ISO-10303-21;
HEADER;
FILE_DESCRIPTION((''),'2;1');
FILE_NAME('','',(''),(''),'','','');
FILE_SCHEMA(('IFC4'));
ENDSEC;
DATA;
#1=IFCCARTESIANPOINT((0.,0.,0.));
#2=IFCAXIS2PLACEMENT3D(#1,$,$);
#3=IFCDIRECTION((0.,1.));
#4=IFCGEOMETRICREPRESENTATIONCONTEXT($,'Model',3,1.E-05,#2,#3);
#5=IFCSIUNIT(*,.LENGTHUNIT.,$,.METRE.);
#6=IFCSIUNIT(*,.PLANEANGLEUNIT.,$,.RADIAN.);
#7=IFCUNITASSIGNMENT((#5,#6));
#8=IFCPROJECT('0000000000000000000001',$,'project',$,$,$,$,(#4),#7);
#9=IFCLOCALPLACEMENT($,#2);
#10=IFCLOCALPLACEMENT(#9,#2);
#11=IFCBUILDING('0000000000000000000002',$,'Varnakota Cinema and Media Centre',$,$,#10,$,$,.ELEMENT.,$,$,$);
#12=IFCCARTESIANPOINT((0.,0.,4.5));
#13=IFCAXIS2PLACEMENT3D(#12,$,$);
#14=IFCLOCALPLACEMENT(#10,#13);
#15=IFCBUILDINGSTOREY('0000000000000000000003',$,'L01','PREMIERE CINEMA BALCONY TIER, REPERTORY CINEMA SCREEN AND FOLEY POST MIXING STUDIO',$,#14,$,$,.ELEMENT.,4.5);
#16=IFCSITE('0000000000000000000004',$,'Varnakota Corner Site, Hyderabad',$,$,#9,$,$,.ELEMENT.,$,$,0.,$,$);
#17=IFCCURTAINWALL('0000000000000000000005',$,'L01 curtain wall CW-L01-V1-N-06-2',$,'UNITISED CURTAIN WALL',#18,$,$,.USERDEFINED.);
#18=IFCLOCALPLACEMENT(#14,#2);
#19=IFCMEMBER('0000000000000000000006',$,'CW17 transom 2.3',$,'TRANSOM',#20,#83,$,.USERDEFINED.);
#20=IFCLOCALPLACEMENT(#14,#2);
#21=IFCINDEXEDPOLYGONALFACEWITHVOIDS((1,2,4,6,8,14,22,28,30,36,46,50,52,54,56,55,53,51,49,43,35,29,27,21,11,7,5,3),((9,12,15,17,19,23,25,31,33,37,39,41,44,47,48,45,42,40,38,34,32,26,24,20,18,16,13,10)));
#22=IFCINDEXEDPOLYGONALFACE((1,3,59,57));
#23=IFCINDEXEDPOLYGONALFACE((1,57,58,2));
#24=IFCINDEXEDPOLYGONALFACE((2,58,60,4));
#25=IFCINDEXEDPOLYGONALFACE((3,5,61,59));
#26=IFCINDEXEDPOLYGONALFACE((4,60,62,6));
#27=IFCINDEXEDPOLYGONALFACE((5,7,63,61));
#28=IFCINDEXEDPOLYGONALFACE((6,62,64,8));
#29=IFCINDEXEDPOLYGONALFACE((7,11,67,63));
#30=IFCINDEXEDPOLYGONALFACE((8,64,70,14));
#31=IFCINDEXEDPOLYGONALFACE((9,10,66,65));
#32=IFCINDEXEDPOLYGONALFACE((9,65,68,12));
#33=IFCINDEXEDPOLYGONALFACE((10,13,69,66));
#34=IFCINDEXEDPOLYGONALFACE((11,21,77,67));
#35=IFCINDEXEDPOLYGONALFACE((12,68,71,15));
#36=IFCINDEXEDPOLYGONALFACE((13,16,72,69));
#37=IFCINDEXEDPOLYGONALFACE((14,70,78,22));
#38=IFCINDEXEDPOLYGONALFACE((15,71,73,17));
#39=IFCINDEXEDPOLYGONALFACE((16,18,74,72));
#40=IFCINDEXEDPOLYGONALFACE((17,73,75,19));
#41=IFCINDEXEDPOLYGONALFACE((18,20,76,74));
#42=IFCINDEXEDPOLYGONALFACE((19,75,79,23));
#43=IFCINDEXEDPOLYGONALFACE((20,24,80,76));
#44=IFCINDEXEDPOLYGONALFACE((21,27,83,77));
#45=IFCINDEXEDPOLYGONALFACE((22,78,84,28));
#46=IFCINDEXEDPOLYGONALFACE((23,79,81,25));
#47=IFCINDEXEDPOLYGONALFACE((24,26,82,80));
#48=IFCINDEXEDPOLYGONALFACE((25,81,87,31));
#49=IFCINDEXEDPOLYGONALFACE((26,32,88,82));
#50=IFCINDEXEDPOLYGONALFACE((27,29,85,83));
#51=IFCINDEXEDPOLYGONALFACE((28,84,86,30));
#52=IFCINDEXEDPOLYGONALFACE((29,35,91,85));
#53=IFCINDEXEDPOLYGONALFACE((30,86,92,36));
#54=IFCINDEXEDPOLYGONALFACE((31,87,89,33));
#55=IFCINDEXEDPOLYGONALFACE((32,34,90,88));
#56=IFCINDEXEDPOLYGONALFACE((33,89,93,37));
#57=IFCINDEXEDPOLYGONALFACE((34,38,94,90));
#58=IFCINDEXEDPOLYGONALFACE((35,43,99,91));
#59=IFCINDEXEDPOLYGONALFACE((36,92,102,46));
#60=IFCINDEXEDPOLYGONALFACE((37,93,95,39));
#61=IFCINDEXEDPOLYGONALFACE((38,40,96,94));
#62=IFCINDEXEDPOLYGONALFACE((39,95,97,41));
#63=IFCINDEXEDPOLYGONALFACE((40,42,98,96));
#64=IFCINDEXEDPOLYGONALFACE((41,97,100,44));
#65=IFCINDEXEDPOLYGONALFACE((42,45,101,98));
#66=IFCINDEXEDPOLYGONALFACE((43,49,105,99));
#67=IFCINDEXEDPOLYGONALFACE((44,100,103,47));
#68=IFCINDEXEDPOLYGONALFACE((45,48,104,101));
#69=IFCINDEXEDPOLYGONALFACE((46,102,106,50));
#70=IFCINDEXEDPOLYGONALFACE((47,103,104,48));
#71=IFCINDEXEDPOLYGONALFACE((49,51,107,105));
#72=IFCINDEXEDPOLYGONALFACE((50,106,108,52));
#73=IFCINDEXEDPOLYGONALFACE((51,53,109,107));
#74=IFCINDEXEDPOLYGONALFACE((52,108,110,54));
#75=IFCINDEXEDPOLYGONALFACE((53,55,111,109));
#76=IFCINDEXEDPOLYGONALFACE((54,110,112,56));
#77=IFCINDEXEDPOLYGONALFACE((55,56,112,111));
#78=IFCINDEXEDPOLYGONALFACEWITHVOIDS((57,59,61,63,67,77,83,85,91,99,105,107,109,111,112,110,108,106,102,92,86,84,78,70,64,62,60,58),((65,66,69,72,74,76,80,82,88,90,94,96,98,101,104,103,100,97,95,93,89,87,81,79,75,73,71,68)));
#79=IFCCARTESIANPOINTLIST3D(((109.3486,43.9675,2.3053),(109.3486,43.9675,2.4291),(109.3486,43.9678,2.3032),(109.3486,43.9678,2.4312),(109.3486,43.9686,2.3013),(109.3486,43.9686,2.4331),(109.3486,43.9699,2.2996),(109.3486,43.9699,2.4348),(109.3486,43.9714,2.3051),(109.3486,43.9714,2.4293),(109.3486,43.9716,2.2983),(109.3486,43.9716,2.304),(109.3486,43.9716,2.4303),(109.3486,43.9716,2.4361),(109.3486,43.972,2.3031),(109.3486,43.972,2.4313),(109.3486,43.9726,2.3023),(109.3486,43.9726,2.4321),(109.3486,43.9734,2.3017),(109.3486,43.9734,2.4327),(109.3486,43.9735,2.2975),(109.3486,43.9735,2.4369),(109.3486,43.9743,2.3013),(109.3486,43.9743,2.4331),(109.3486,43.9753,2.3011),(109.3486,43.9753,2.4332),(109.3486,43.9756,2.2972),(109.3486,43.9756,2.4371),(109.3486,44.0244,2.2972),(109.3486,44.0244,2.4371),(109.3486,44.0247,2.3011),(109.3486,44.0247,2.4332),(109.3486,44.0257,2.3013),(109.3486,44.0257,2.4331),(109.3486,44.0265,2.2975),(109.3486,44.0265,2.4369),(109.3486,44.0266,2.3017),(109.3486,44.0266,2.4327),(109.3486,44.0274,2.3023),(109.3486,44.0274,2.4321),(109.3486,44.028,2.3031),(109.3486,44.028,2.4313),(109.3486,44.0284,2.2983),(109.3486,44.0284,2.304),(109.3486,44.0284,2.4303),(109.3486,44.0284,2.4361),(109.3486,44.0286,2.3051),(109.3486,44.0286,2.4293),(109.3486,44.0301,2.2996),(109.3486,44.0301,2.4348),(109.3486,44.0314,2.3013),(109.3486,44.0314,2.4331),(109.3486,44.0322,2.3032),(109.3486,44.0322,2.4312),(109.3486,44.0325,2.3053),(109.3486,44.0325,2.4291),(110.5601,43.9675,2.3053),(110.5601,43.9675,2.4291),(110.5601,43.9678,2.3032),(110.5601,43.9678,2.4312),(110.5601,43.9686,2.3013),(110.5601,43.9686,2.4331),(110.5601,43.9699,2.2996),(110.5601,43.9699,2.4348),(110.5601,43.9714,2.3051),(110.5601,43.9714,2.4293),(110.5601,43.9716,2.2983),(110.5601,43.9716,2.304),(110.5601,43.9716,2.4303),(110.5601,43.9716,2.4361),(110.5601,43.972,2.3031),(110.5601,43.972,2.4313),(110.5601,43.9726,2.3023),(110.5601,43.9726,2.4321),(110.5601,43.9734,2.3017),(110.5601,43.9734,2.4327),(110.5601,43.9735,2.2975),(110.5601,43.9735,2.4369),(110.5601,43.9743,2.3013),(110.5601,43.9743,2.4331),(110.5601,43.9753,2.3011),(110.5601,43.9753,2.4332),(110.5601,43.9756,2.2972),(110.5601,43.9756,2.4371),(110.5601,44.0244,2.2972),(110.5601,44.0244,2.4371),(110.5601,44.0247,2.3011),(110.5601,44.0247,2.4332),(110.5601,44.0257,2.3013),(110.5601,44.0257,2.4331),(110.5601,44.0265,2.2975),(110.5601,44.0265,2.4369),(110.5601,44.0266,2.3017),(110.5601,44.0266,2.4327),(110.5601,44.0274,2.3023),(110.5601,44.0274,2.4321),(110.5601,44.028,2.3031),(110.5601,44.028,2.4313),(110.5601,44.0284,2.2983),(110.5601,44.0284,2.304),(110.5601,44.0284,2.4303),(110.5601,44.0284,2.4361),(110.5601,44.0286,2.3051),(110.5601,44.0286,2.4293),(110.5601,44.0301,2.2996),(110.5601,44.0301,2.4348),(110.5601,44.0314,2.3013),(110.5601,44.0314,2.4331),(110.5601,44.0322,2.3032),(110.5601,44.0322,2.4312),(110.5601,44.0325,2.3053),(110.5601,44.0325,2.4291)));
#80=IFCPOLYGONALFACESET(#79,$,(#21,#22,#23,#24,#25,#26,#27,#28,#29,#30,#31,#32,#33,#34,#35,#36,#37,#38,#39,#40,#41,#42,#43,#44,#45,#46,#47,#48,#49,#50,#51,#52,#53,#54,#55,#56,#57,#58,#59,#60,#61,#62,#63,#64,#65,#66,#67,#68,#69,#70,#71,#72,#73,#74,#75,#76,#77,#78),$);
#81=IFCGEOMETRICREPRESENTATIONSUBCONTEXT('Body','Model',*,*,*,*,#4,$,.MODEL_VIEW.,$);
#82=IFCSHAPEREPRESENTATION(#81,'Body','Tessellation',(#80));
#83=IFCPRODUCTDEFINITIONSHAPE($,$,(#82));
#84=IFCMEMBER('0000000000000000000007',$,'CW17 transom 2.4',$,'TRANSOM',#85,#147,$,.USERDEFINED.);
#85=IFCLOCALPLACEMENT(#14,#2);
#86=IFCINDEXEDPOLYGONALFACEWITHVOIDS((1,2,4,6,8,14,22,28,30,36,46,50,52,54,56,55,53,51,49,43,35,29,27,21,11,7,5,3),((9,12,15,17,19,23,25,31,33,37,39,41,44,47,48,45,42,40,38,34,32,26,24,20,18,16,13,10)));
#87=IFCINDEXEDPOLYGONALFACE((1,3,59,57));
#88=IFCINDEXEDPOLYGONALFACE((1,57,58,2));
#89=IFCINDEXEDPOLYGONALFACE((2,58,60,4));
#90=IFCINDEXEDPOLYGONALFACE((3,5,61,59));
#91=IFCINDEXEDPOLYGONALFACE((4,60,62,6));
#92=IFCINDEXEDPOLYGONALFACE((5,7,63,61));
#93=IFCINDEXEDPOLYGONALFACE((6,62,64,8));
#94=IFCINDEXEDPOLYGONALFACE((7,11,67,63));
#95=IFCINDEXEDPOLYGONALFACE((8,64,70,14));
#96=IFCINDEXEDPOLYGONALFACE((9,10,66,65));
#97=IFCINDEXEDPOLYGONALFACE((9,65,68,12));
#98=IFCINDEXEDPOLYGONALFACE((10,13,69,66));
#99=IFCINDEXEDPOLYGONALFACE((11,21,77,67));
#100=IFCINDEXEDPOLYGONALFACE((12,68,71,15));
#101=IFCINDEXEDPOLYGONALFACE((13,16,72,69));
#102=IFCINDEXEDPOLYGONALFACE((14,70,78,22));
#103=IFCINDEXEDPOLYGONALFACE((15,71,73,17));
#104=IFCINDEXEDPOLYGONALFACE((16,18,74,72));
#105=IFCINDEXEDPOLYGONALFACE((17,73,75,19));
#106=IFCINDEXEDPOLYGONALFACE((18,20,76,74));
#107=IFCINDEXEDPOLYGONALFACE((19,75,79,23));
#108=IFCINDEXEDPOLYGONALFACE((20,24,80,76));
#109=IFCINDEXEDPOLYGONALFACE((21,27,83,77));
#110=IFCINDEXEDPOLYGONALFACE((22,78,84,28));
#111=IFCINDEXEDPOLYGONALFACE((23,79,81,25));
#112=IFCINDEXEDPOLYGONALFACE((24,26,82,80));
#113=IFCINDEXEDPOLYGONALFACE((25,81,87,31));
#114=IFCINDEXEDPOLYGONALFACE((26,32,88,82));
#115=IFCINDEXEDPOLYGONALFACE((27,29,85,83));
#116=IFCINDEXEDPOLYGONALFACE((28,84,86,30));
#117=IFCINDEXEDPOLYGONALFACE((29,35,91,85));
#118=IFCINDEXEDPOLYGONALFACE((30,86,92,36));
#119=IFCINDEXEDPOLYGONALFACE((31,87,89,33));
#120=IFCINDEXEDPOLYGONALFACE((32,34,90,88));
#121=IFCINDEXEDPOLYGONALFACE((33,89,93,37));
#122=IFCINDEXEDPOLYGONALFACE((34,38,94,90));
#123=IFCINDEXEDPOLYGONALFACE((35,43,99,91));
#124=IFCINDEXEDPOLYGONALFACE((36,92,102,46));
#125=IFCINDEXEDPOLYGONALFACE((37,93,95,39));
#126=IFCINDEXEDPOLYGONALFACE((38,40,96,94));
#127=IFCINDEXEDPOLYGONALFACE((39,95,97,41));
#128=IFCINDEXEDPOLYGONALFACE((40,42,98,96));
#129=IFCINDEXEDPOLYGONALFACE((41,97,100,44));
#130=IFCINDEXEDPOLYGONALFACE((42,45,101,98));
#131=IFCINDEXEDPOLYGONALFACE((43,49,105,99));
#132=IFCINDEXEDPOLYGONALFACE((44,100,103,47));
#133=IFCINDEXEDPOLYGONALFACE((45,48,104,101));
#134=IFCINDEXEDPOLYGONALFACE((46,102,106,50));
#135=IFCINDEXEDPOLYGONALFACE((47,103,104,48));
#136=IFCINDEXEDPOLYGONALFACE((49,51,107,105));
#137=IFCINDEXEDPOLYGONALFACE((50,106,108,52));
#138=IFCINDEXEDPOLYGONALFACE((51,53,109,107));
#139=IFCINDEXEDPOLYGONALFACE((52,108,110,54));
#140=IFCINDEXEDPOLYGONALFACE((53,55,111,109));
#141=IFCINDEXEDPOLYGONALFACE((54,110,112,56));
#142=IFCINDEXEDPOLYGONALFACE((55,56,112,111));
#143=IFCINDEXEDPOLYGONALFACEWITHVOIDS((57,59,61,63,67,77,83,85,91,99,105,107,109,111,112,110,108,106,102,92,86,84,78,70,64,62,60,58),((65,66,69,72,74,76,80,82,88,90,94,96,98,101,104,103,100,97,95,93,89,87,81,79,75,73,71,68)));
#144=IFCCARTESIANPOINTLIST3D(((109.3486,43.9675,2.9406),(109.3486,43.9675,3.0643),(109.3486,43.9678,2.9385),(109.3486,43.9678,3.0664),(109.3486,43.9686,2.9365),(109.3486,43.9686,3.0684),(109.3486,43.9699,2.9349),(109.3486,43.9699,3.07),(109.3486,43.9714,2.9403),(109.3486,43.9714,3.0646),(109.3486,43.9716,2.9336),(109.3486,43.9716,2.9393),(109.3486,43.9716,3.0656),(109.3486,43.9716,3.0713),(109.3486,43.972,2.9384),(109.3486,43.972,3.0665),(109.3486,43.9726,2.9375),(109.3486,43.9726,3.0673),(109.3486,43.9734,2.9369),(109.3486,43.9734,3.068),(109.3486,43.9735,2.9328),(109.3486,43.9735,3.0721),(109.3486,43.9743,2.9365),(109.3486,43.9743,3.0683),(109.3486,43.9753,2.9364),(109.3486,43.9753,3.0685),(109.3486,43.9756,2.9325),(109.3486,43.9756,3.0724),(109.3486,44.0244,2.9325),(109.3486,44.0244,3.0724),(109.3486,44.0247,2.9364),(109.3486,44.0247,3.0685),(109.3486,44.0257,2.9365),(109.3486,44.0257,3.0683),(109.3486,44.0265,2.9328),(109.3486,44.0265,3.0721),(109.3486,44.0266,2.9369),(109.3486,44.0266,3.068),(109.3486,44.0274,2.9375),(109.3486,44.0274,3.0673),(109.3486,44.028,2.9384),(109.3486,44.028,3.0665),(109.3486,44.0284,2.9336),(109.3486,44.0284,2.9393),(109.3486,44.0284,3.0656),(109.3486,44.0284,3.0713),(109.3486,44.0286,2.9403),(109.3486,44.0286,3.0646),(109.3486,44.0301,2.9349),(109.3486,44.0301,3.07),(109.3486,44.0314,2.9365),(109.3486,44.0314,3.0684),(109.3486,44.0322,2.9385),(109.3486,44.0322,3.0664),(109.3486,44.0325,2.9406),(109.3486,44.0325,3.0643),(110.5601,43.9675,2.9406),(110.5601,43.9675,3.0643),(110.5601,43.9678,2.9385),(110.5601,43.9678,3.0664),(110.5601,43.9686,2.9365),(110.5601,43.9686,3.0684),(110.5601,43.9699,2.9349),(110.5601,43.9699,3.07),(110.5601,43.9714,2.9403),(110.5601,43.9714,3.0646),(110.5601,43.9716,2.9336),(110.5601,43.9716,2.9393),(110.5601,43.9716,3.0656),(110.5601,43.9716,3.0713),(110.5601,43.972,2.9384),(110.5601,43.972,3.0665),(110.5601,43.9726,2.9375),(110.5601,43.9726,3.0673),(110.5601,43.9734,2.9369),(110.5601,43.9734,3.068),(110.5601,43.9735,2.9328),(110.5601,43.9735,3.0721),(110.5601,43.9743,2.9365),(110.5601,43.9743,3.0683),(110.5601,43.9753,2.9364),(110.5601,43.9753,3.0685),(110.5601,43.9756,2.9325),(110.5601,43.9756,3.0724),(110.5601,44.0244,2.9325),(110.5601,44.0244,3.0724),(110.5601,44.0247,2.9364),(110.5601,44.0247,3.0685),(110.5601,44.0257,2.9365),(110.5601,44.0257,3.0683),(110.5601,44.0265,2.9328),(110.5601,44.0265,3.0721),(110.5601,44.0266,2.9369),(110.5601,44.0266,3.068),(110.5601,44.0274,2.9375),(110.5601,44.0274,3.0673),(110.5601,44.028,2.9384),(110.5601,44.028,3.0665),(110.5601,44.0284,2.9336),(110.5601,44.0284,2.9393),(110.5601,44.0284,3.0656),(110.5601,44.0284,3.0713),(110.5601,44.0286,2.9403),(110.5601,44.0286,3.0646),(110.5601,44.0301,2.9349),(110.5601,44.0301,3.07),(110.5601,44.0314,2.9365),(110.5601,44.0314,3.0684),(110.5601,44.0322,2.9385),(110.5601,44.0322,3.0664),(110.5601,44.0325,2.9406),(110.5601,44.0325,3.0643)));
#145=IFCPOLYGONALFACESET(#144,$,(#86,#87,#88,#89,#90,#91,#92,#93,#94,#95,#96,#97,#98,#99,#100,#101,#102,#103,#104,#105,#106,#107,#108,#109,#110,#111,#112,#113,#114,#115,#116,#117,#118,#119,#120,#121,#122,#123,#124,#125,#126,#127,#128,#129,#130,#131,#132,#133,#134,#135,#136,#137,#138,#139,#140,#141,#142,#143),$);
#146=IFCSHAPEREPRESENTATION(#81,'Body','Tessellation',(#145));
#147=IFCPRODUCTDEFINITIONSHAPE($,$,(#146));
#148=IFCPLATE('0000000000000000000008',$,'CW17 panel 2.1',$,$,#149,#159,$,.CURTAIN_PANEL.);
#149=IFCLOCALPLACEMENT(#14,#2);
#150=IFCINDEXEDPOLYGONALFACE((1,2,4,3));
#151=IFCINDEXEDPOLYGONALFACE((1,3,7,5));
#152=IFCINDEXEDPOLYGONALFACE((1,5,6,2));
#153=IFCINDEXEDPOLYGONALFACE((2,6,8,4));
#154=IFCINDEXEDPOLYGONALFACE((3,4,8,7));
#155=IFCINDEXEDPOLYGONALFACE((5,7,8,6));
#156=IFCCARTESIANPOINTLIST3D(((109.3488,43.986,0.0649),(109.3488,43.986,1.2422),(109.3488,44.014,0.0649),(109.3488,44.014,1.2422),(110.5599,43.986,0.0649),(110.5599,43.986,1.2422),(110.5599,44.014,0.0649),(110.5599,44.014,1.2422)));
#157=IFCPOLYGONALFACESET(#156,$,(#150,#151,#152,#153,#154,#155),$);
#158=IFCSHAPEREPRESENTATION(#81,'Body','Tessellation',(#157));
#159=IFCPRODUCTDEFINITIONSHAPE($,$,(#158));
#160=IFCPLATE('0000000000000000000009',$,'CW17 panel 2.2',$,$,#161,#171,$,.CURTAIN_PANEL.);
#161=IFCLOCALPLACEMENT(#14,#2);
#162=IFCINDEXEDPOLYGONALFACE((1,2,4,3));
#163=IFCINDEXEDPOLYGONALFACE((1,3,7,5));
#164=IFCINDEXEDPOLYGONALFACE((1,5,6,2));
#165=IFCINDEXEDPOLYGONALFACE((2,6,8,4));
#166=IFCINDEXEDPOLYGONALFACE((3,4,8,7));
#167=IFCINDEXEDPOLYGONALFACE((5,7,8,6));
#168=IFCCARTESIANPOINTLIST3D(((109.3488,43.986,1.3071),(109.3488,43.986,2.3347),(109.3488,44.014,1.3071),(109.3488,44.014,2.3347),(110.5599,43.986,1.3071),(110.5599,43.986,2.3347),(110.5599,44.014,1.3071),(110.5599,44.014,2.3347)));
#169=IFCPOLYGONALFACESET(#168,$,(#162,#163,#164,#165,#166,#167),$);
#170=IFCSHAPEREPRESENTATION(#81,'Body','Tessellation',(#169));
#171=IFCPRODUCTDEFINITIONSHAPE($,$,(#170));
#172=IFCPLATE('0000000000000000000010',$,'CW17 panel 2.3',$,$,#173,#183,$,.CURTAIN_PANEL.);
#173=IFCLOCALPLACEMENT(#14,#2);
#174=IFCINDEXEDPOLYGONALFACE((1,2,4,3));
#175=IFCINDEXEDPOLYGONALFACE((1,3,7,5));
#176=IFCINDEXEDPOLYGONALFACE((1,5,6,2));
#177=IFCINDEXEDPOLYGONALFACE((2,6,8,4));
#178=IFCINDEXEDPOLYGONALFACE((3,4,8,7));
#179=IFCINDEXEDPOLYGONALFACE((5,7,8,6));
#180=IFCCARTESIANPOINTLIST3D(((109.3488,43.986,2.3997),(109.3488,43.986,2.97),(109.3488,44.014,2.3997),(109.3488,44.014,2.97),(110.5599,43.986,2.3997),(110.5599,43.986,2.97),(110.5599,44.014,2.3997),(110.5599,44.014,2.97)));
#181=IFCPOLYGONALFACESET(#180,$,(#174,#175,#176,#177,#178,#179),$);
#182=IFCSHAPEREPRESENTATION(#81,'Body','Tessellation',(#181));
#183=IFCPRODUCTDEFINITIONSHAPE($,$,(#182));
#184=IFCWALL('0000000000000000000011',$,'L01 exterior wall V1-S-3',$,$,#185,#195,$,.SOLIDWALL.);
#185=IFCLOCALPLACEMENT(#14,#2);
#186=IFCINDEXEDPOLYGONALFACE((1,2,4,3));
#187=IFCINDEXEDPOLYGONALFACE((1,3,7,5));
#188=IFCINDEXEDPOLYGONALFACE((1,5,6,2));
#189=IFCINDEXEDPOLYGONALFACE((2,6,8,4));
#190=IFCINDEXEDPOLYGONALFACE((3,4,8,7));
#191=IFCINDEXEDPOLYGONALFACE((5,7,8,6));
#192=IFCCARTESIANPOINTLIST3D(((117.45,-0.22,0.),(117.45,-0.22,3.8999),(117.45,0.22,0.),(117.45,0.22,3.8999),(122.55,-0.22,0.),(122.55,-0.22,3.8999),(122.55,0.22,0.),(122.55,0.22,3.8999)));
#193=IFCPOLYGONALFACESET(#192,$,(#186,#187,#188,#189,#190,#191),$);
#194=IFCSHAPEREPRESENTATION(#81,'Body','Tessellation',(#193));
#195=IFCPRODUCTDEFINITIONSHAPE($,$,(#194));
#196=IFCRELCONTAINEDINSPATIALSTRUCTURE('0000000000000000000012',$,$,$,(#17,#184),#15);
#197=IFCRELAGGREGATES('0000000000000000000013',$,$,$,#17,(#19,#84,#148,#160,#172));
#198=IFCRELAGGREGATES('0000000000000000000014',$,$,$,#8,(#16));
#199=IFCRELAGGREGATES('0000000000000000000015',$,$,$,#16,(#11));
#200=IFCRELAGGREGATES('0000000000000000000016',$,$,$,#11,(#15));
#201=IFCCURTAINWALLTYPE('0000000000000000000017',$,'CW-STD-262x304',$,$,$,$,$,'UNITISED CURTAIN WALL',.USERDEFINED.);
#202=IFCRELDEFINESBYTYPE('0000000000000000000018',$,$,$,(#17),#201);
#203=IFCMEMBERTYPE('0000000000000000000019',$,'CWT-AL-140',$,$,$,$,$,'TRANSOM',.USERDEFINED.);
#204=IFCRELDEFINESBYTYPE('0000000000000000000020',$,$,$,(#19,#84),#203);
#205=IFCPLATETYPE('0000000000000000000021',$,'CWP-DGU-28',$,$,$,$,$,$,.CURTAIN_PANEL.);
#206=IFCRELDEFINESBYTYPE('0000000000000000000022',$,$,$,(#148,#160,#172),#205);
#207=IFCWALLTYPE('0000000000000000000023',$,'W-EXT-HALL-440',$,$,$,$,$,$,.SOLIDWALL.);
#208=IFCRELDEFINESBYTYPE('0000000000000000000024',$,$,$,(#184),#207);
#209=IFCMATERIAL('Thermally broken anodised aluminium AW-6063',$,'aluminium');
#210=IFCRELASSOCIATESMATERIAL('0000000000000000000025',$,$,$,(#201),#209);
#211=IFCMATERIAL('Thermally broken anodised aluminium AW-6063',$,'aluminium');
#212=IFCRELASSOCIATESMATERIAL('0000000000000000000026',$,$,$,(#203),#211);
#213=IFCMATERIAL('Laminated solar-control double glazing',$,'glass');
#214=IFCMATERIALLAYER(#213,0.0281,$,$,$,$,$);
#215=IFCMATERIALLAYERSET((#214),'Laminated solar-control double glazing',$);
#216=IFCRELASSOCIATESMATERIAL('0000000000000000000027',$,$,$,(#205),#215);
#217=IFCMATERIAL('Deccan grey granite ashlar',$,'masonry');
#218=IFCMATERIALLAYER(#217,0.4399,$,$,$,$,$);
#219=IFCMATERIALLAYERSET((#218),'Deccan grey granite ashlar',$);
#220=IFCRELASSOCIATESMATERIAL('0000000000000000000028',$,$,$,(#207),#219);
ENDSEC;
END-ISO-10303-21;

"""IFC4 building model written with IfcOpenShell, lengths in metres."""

from ifc_helpers import new_model, si_unit, direction, frame, frame_2d, origin, origin_2d, place, context, subcontext, project, spatial, rectangle, hollow_rectangle, extrude, material, layer, layer_set, material_profile, profile_set, type_object, element, aggregate, save


model = new_model("IFC4")

# Units and contexts
model_context = context("Model", 3, precision=1e-05, world=origin(), true_north=direction((0.0, 1.0)))
body_context = subcontext(model_context, "Body", "Model", "MODEL_VIEW")
ifc_project = project(units=[si_unit("LENGTHUNIT", "METRE"), si_unit("PLANEANGLEUNIT", "RADIAN")], contexts=[model_context])

# Site, building, storey
site_placement = place(None, origin())
site = spatial("IfcSite", under=ifc_project, at=site_placement, Name="Varnakota Corner Site, Hyderabad", CompositionType="ELEMENT", RefElevation=0.0)
building_placement = place(site_placement, origin())
building = spatial("IfcBuilding", under=site, at=building_placement, Name="Varnakota Cinema and Media Centre", CompositionType="ELEMENT")
storey_placement = place(building_placement, frame((0.0, 0.0, 4.5)))
storey = spatial("IfcBuildingStorey", under=building, at=storey_placement, Name="L01", Description="PREMIERE CINEMA BALCONY TIER, REPERTORY CINEMA SCREEN AND FOLEY POST MIXING STUDIO", CompositionType="ELEMENT", Elevation=4.5)

# Curtain wall, members, plates
ifc_material_1 = material(Name="Thermally broken anodised aluminium AW-6063", Category="aluminium")
curtain_wall_type = type_object("IfcCurtainWallType", Name="CW-STD-262x304", ElementType="UNITISED CURTAIN WALL", PredefinedType="USERDEFINED", material=ifc_material_1)
curtain_wall_placement = place(storey_placement, origin())
curtain_wall = element("IfcCurtainWall", 1, at=curtain_wall_placement, inside=storey, type_object=curtain_wall_type, Name="L01 curtain wall CW-L01-V1-N-06-2", ObjectType="UNITISED CURTAIN WALL", PredefinedType="USERDEFINED")
ifc_material_2 = material(Name="Thermally broken anodised aluminium AW-6063", Category="aluminium")
ifc_material_profile_1 = material_profile(ifc_material_2, hollow_rectangle(XDim=0.0649, YDim=0.1399, WallThickness=0.0039, InnerFilletRadius=0.0039, OuterFilletRadius=0.0081, at=origin_2d()), Name="AL-TRANSOM 140x65x4")
ifc_profile_set_1 = profile_set([ifc_material_profile_1], Name="Thermally broken anodised aluminium AW-6063")
member_type_1 = type_object("IfcMemberType", Name="CWT-AL-140", ElementType="TRANSOM", PredefinedType="USERDEFINED", material=ifc_profile_set_1)
member_1_placement = place(storey_placement, frame((109.3486, 44.0, 2.3672), z_axis=(1.0, 0.0, 0.0), x_axis=(0.0, 1.0, 0.0)))
member_1 = element("IfcMember", 2, at=member_1_placement, type_object=member_type_1, Name="CW17 transom 2.3", ObjectType="TRANSOM", PredefinedType="USERDEFINED", context=body_context, shape_type="SweptSolid", body=[
    extrude(hollow_rectangle(XDim=0.0649, YDim=0.1399, WallThickness=0.0039, InnerFilletRadius=0.0039, OuterFilletRadius=0.0081, at=origin_2d()), origin(), (0.0, 0.0, 1.0), 1.2114),
])
member_2_placement = place(storey_placement, frame((109.3486, 44.0, 3.0024), z_axis=(1.0, 0.0, 0.0), x_axis=(0.0, 1.0, 0.0)))
member_2 = element("IfcMember", 3, at=member_2_placement, type_object=member_type_1, Name="CW17 transom 2.4", ObjectType="TRANSOM", PredefinedType="USERDEFINED", context=body_context, shape_type="SweptSolid", body=[
    extrude(hollow_rectangle(XDim=0.0649, YDim=0.1399, WallThickness=0.0039, InnerFilletRadius=0.0039, OuterFilletRadius=0.0081, at=origin_2d()), origin(), (0.0, 0.0, 1.0), 1.2114),
])
ifc_material_3 = material(Name="Laminated solar-control double glazing", Category="glass")
ifc_layer_1 = layer(ifc_material_3, 0.0281)
ifc_layer_set_1 = layer_set([ifc_layer_1], Name="Laminated solar-control double glazing")
plate_type = type_object("IfcPlateType", Name="CWP-DGU-28", PredefinedType="CURTAIN_PANEL", material=ifc_layer_set_1)
plate_1_placement = place(storey_placement, frame((109.9543, 44.0, 0.0649), z_axis=(0.0, 0.0, 1.0), x_axis=(1.0, 0.0, 0.0)))
plate_1 = element("IfcPlate", 4, at=plate_1_placement, type_object=plate_type, Name="CW17 panel 2.1", PredefinedType="CURTAIN_PANEL", context=body_context, shape_type="SweptSolid", body=[
    extrude(rectangle(XDim=1.2112, YDim=0.0281, at=origin_2d()), origin(), (0.0, 0.0, 1.0), 1.1772),
])
plate_2_placement = place(storey_placement, frame((109.9543, 44.0, 1.3071), z_axis=(0.0, 0.0, 1.0), x_axis=(1.0, 0.0, 0.0)))
plate_2 = element("IfcPlate", 5, at=plate_2_placement, type_object=plate_type, Name="CW17 panel 2.2", PredefinedType="CURTAIN_PANEL", context=body_context, shape_type="SweptSolid", body=[
    extrude(rectangle(XDim=1.2112, YDim=0.0281, at=origin_2d()), origin(), (0.0, 0.0, 1.0), 1.0276),
])
plate_3_placement = place(storey_placement, frame((109.9543, 44.0, 2.3997), z_axis=(0.0, 0.0, 1.0), x_axis=(1.0, 0.0, 0.0)))
plate_3 = element("IfcPlate", 6, at=plate_3_placement, type_object=plate_type, Name="CW17 panel 2.3", PredefinedType="CURTAIN_PANEL", context=body_context, shape_type="SweptSolid", body=[
    extrude(rectangle(XDim=1.2112, YDim=0.0281, at=origin_2d()), origin(), (0.0, 0.0, 1.0), 0.5703),
])
aggregate(curtain_wall, [member_1, member_2, plate_1, plate_2, plate_3])

# Wall
ifc_material_4 = material(Name="Deccan grey granite ashlar", Category="masonry")
ifc_layer_2 = layer(ifc_material_4, 0.4399)
ifc_layer_set_2 = layer_set([ifc_layer_2], Name="Deccan grey granite ashlar")
wall_type = type_object("IfcWallType", Name="W-EXT-HALL-440", PredefinedType="SOLIDWALL", material=ifc_layer_set_2)
for number, where, z_axis, x_axis, name in (
    (7, (122.55, 0.0, 0.0), (0.0, 0.0, 1.0), (-1.0, 0.0, 0.0), "L01 exterior wall V1-S-3"),
):
    element("IfcWall", number, at=place(storey_placement, frame(where, z_axis=z_axis, x_axis=x_axis)), inside=storey, type_object=wall_type, Name=name, PredefinedType="SOLIDWALL", context=body_context, shape_type="SweptSolid", body=[
        extrude(rectangle(XDim=5.1001, YDim=0.4399, at=frame_2d((2.55, 0.0))), origin(), (0.0, 0.0, 1.0), 3.8999),
    ])

save(model, "model.ifc")
